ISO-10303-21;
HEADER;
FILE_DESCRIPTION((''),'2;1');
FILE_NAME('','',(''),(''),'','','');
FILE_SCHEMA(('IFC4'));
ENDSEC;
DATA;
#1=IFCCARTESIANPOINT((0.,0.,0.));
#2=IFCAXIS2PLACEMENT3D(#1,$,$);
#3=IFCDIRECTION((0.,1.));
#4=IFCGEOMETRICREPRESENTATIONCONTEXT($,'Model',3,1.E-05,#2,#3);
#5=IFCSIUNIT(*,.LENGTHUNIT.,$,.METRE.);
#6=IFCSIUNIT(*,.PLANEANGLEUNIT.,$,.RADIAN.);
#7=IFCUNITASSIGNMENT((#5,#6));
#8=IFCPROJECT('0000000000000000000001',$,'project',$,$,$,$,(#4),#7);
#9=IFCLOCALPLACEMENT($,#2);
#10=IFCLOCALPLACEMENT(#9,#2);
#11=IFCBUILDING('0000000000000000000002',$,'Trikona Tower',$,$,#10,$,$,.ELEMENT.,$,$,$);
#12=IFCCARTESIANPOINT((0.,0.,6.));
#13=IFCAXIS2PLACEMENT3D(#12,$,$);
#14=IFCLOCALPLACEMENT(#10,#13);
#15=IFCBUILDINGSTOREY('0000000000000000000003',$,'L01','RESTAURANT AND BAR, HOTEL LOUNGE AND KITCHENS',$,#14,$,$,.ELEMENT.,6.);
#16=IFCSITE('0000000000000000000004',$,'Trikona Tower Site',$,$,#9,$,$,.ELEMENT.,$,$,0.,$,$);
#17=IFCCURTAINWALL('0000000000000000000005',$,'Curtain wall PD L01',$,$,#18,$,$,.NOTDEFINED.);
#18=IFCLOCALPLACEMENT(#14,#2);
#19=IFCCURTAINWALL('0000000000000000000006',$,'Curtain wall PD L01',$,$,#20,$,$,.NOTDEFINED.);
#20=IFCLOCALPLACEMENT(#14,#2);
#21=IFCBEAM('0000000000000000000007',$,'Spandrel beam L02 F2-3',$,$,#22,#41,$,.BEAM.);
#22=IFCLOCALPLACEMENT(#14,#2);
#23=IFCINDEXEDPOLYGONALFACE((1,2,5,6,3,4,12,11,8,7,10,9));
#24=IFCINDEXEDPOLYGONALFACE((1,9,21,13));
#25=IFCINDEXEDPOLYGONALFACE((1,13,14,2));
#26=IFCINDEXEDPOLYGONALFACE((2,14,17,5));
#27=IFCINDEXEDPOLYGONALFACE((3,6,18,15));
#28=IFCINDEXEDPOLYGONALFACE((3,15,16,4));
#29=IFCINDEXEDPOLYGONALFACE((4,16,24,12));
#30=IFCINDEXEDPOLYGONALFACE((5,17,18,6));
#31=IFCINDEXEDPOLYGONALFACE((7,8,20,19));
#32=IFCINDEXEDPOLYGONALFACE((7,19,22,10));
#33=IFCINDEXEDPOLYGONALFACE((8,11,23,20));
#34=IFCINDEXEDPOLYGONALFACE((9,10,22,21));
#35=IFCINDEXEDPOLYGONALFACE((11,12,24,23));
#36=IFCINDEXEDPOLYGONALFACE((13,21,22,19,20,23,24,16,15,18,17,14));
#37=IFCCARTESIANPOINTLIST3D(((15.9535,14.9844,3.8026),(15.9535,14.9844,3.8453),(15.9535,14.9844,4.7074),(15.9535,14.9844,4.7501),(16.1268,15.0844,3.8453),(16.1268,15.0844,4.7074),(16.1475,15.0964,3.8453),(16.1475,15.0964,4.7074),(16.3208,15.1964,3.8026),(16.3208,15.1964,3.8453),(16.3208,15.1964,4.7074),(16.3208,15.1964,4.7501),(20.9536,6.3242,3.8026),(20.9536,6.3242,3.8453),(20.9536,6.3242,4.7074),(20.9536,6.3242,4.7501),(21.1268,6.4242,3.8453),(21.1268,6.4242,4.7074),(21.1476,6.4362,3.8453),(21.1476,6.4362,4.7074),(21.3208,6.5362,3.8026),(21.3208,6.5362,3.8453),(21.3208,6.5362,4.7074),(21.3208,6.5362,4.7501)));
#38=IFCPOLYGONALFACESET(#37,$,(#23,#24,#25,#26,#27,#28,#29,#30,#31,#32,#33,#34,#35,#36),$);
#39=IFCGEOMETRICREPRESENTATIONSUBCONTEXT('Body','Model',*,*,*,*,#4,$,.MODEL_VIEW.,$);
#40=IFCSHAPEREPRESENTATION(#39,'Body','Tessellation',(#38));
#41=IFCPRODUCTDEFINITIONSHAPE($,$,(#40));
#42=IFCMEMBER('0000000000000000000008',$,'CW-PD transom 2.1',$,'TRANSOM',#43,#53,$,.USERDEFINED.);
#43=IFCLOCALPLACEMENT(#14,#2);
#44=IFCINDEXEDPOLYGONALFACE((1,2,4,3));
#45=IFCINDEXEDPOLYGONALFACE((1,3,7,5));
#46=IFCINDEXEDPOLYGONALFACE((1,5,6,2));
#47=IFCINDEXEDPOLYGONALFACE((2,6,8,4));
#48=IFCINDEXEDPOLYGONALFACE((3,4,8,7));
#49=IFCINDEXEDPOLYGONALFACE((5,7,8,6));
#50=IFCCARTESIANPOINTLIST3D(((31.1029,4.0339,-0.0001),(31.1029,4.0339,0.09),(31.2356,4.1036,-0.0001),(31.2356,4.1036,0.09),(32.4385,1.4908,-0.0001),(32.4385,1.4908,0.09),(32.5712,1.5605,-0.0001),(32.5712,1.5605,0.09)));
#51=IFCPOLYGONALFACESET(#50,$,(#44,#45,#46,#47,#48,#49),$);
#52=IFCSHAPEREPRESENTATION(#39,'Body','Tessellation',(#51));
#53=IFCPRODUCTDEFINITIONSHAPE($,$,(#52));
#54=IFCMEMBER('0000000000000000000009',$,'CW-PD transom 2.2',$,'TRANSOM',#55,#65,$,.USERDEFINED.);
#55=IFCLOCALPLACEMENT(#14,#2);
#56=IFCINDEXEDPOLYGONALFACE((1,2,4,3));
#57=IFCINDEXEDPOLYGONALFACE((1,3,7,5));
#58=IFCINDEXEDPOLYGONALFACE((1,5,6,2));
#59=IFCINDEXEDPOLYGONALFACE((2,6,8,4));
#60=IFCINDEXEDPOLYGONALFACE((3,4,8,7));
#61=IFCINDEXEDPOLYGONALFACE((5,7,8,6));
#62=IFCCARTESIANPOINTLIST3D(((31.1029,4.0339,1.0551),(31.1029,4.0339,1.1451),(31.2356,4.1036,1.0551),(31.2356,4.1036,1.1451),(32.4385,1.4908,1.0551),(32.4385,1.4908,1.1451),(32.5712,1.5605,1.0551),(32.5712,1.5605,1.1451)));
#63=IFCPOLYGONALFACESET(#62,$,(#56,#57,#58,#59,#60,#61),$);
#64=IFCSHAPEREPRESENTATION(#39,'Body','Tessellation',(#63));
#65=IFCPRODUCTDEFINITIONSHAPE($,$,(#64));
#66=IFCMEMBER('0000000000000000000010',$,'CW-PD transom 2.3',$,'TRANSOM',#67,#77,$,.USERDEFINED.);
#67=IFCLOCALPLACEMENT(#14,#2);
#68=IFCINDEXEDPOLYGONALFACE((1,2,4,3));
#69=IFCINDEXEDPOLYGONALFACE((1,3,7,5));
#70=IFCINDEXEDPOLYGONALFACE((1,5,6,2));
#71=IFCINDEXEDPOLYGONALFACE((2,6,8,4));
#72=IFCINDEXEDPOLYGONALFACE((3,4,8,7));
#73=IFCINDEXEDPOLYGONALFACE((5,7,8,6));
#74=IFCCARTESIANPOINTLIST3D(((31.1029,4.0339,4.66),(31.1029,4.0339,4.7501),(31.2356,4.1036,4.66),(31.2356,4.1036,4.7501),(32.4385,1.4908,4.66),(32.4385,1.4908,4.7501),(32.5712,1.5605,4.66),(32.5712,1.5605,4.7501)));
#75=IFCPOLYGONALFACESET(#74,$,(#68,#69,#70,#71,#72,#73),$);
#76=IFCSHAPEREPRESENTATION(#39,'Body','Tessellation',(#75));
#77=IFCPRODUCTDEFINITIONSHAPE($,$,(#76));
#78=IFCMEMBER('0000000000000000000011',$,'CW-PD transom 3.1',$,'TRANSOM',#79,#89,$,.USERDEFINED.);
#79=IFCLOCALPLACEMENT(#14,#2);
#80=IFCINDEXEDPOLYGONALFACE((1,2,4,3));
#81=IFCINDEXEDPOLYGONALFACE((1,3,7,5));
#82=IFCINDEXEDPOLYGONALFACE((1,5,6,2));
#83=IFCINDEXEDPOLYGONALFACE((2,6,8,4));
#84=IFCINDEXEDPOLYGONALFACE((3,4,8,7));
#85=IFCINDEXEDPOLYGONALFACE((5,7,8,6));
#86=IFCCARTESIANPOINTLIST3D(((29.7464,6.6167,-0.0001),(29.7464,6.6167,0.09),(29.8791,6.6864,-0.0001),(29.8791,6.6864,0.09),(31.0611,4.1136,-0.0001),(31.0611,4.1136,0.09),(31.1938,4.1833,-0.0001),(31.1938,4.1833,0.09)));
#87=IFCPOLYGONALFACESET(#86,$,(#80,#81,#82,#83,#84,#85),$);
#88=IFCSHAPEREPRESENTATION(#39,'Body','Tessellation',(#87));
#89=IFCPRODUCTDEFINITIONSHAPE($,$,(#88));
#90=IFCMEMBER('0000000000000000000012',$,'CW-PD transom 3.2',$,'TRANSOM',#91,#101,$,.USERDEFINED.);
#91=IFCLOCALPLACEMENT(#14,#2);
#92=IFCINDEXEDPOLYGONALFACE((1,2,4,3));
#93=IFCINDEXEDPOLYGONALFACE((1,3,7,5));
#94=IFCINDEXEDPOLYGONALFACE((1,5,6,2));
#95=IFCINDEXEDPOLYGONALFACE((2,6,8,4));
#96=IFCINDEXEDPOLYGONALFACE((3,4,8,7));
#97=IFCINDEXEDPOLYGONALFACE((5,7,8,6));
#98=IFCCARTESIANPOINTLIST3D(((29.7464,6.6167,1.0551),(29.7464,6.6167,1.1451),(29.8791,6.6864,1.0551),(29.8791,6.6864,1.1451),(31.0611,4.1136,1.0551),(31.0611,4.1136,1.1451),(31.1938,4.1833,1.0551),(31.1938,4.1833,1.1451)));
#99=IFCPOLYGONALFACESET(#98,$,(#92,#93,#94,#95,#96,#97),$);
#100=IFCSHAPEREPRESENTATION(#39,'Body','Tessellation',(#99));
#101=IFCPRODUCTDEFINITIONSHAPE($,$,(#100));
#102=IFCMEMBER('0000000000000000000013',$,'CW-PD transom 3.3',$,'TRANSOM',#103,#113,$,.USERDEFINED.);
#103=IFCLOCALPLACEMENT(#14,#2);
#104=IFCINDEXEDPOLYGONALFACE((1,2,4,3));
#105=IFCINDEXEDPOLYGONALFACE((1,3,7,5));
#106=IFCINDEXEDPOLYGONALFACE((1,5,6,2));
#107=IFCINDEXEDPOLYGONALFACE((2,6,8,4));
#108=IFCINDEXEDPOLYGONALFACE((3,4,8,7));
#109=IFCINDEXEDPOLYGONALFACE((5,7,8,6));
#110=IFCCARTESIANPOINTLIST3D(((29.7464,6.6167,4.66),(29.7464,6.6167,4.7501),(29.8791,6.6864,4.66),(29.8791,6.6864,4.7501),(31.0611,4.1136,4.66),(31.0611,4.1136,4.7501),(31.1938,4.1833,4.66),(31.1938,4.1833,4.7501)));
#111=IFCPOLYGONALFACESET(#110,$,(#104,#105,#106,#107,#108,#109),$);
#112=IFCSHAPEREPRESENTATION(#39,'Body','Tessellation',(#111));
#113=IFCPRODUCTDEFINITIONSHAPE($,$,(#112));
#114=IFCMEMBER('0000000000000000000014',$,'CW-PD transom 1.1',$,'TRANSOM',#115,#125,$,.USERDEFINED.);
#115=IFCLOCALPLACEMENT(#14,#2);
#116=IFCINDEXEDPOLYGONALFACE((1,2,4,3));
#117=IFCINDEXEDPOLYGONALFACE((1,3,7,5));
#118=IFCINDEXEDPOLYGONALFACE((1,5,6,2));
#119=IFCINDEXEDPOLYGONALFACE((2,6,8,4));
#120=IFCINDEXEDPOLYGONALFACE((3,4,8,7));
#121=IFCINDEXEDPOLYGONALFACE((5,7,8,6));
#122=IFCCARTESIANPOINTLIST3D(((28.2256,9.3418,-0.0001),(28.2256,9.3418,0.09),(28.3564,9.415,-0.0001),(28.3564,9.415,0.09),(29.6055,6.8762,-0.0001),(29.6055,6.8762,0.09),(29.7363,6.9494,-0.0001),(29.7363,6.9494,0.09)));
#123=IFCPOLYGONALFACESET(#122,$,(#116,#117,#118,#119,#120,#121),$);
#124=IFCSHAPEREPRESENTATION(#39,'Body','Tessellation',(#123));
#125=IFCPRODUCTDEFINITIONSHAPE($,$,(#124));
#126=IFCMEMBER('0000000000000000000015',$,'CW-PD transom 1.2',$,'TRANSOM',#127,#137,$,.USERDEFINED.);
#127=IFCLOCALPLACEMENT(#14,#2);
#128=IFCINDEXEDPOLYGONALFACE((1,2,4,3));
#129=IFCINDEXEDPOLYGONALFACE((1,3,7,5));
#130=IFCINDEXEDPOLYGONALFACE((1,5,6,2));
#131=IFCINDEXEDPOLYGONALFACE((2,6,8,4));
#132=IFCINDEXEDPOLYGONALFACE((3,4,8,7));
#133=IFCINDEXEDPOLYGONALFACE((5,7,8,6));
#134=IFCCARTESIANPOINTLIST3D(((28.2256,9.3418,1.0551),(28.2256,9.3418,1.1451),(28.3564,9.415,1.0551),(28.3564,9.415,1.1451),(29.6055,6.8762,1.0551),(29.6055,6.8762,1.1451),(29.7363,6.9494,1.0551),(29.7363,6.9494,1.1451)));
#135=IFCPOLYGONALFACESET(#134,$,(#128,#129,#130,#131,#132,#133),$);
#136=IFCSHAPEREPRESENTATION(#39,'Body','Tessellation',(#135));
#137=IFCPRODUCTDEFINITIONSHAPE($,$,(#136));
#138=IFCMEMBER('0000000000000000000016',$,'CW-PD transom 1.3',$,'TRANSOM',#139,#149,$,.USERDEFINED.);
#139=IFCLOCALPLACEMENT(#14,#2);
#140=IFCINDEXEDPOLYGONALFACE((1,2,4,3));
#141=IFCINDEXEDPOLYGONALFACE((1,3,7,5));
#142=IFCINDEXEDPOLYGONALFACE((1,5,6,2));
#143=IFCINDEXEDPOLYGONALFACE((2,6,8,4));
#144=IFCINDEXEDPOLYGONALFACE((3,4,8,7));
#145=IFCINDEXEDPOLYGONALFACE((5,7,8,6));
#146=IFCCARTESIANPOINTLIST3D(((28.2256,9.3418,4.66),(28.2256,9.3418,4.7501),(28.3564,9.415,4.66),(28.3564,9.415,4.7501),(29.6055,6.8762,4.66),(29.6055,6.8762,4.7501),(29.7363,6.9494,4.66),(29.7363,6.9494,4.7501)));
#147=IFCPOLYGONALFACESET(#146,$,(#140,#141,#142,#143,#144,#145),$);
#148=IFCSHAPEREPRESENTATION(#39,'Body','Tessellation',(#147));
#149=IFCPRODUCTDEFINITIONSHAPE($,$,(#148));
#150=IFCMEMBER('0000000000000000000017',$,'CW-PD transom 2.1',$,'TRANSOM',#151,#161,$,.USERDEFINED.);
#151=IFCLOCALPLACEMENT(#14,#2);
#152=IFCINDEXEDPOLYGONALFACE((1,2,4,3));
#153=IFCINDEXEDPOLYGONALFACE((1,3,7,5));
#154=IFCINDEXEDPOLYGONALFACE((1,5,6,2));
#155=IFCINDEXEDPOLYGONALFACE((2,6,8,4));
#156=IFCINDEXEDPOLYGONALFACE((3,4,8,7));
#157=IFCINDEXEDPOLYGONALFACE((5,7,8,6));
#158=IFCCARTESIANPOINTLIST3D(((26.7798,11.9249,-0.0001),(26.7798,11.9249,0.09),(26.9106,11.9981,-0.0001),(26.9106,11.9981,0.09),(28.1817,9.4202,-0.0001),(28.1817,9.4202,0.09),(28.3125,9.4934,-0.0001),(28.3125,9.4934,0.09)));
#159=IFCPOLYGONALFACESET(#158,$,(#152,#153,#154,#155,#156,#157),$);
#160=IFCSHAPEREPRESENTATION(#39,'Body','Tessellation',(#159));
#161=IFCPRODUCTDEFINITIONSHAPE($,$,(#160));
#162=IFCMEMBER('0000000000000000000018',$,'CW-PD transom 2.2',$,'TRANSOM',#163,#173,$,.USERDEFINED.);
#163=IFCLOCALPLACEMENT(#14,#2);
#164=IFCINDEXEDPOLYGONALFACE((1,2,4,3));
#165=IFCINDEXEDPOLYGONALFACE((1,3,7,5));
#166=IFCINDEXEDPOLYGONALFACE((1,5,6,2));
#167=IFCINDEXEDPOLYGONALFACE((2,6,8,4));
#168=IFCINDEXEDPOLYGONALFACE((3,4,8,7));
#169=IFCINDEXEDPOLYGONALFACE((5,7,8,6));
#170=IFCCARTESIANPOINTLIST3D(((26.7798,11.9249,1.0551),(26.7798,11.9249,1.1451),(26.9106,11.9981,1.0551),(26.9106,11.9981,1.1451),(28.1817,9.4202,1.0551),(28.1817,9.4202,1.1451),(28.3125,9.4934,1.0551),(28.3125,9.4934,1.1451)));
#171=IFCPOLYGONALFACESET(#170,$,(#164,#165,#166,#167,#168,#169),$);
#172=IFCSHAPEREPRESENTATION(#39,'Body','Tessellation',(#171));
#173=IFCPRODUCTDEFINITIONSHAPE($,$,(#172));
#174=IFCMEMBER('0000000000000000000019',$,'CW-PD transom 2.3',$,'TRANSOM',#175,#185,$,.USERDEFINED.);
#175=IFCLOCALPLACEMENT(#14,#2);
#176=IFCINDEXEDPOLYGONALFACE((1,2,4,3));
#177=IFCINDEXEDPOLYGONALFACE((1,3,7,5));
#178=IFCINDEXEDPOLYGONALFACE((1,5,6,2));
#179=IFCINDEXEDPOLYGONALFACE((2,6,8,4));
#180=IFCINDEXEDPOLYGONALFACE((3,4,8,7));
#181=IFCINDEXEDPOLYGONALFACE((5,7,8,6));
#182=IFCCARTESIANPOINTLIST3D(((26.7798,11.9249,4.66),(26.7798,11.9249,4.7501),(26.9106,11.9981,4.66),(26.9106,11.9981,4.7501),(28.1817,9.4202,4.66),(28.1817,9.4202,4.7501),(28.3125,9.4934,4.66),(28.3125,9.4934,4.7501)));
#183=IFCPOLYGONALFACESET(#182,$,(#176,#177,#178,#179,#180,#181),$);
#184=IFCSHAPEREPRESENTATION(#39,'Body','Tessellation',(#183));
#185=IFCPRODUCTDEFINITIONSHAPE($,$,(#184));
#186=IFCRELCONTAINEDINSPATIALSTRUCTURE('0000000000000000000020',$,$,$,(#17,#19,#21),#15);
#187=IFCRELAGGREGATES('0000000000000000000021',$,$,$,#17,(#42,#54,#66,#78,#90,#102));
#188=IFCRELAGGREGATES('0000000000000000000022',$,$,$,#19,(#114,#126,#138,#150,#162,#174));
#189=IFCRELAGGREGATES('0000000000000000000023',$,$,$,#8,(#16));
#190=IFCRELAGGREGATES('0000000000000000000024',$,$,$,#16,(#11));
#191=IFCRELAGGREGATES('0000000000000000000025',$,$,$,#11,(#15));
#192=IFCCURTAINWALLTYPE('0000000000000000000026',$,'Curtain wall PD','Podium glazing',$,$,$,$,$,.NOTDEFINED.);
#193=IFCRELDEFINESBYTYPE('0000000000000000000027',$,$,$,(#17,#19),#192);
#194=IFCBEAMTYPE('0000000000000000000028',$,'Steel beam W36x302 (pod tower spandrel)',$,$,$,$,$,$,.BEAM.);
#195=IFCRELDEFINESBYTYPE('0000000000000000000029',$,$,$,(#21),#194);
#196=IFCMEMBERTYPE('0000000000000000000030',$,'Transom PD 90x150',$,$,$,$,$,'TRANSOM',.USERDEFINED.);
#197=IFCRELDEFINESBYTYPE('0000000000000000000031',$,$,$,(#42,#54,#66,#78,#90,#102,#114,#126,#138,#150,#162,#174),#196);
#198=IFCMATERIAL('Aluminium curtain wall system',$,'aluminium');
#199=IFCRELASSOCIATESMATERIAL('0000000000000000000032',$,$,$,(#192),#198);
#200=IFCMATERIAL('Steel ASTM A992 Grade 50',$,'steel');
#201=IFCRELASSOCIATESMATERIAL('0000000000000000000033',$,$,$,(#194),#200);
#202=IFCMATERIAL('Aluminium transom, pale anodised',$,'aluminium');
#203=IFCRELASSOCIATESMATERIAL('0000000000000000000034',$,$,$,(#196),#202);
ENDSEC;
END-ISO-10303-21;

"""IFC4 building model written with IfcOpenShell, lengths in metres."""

from ifc_helpers import new_model, si_unit, direction, frame, origin, origin_2d, place, context, subcontext, project, spatial, rectangle, i_section, extrude, material, material_profile, profile_set, type_object, element, aggregate, save


model = new_model("IFC4")

# Units and contexts
model_context = context("Model", 3, precision=1e-05, world=origin(), true_north=direction((0.0, 1.0)))
body_context = subcontext(model_context, "Body", "Model", "MODEL_VIEW")
ifc_project = project(units=[si_unit("LENGTHUNIT", "METRE"), si_unit("PLANEANGLEUNIT", "RADIAN")], contexts=[model_context])

# Site, building, storey
site_placement = place(None, origin())
site = spatial("IfcSite", under=ifc_project, at=site_placement, Name="Trikona Tower Site", CompositionType="ELEMENT", RefElevation=0.0)
building_placement = place(site_placement, origin())
building = spatial("IfcBuilding", under=site, at=building_placement, Name="Trikona Tower", CompositionType="ELEMENT")
storey_placement = place(building_placement, frame((0.0, 0.0, 6.0)))
storey = spatial("IfcBuildingStorey", under=building, at=storey_placement, Name="L01", Description="RESTAURANT AND BAR, HOTEL LOUNGE AND KITCHENS", CompositionType="ELEMENT", Elevation=6.0)

# Curtain walls
ifc_material_1 = material(Name="Aluminium curtain wall system", Category="aluminium")
curtain_wall_type = type_object("IfcCurtainWallType", Name="Curtain wall PD", Description="Podium glazing", PredefinedType="NOTDEFINED", material=ifc_material_1)
curtain_wall_1_placement = place(storey_placement, origin())
curtain_wall_1 = element("IfcCurtainWall", 1, at=curtain_wall_1_placement, inside=storey, type_object=curtain_wall_type, Name="Curtain wall PD L01", PredefinedType="NOTDEFINED")
curtain_wall_2_placement = place(storey_placement, origin())
curtain_wall_2 = element("IfcCurtainWall", 2, at=curtain_wall_2_placement, inside=storey, type_object=curtain_wall_type, Name="Curtain wall PD L01", PredefinedType="NOTDEFINED")

# Beam
ifc_material_2 = material(Name="Steel ASTM A992 Grade 50", Category="steel")
ifc_material_profile_1 = material_profile(ifc_material_2, i_section(OverallWidth=0.4241, OverallDepth=0.9475, WebThickness=0.0239, FlangeThickness=0.0427, at=origin_2d()), Name="W36X302")
ifc_profile_set_1 = profile_set([ifc_material_profile_1], Name="Steel ASTM A992 Grade 50")
beam_type_1 = type_object("IfcBeamType", Name="Steel beam W36x302 (pod tower spandrel)", PredefinedType="BEAM", material=ifc_profile_set_1)
beam_placement = place(storey_placement, frame((21.1372, 6.4302, 4.2764), z_axis=(-0.500004, 0.866023, 0.0), x_axis=(-0.866023, -0.500004, 0.0)))
element("IfcBeam", 3, at=beam_placement, inside=storey, type_object=beam_type_1, Name="Spandrel beam L02 F2-3", PredefinedType="BEAM", context=body_context, shape_type="SweptSolid", body=[
    extrude(i_section(OverallWidth=0.4241, OverallDepth=0.9475, WebThickness=0.0239, FlangeThickness=0.0427, at=origin_2d()), origin(), (0.0, 0.0, 1.0), 10.0),
])

# Members
ifc_material_3 = material(Name="Aluminium transom, pale anodised", Category="aluminium")
ifc_material_profile_2 = material_profile(ifc_material_3, rectangle(XDim=0.1499, YDim=0.0901, at=origin_2d()), Name="TRN-PD")
ifc_profile_set_2 = profile_set([ifc_material_profile_2], Name="Aluminium transom, pale anodised")
member_type_1 = type_object("IfcMemberType", Name="Transom PD 90x150", ElementType="TRANSOM", PredefinedType="USERDEFINED", material=ifc_profile_set_2)
member_1_placement = place(storey_placement, frame((32.5049, 1.5256, 0.0449), z_axis=(-0.464972, 0.885325, 0.0), x_axis=(-0.885325, -0.464972, 0.0)))
member_1 = element("IfcMember", 4, at=member_1_placement, type_object=member_type_1, Name="CW-PD transom 2.1", ObjectType="TRANSOM", PredefinedType="USERDEFINED", context=body_context, shape_type="SweptSolid", body=[
    extrude(rectangle(XDim=0.1499, YDim=0.0901, at=origin_2d()), origin(), (0.0, 0.0, 1.0), 2.8726),
])
member_2_placement = place(storey_placement, frame((32.5049, 1.5256, 1.1001), z_axis=(-0.464972, 0.885325, 0.0), x_axis=(-0.885325, -0.464972, 0.0)))
member_2 = element("IfcMember", 5, at=member_2_placement, type_object=member_type_1, Name="CW-PD transom 2.2", ObjectType="TRANSOM", PredefinedType="USERDEFINED", context=body_context, shape_type="SweptSolid", body=[
    extrude(rectangle(XDim=0.1499, YDim=0.0901, at=origin_2d()), origin(), (0.0, 0.0, 1.0), 2.8726),
])
member_3_placement = place(storey_placement, frame((32.5049, 1.5256, 4.7051), z_axis=(-0.464972, 0.885325, 0.0), x_axis=(-0.885325, -0.464972, 0.0)))
member_3 = element("IfcMember", 6, at=member_3_placement, type_object=member_type_1, Name="CW-PD transom 2.3", ObjectType="TRANSOM", PredefinedType="USERDEFINED", context=body_context, shape_type="SweptSolid", body=[
    extrude(rectangle(XDim=0.1499, YDim=0.0901, at=origin_2d()), origin(), (0.0, 0.0, 1.0), 2.8726),
])
member_4_placement = place(storey_placement, frame((31.1274, 4.1484, 0.0449), z_axis=(-0.464981, 0.885321, 0.0), x_axis=(-0.885321, -0.464981, 0.0)))
member_4 = element("IfcMember", 7, at=member_4_placement, type_object=member_type_1, Name="CW-PD transom 3.1", ObjectType="TRANSOM", PredefinedType="USERDEFINED", context=body_context, shape_type="SweptSolid", body=[
    extrude(rectangle(XDim=0.1499, YDim=0.0901, at=origin_2d()), origin(), (0.0, 0.0, 1.0), 2.8274),
])
member_5_placement = place(storey_placement, frame((31.1274, 4.1484, 1.1001), z_axis=(-0.464981, 0.885321, 0.0), x_axis=(-0.885321, -0.464981, 0.0)))
member_5 = element("IfcMember", 8, at=member_5_placement, type_object=member_type_1, Name="CW-PD transom 3.2", ObjectType="TRANSOM", PredefinedType="USERDEFINED", context=body_context, shape_type="SweptSolid", body=[
    extrude(rectangle(XDim=0.1499, YDim=0.0901, at=origin_2d()), origin(), (0.0, 0.0, 1.0), 2.8274),
])
member_6_placement = place(storey_placement, frame((31.1274, 4.1484, 4.7051), z_axis=(-0.464981, 0.885321, 0.0), x_axis=(-0.885321, -0.464981, 0.0)))
member_6 = element("IfcMember", 9, at=member_6_placement, type_object=member_type_1, Name="CW-PD transom 3.3", ObjectType="TRANSOM", PredefinedType="USERDEFINED", context=body_context, shape_type="SweptSolid", body=[
    extrude(rectangle(XDim=0.1499, YDim=0.0901, at=origin_2d()), origin(), (0.0, 0.0, 1.0), 2.8274),
])
member_7_placement = place(storey_placement, frame((29.6709, 6.9128, 0.0449), z_axis=(-0.488377, 0.872633, 0.0), x_axis=(-0.872633, -0.488377, 0.0)))
member_7 = element("IfcMember", 10, at=member_7_placement, type_object=member_type_1, Name="CW-PD transom 1.1", ObjectType="TRANSOM", PredefinedType="USERDEFINED", context=body_context, shape_type="SweptSolid", body=[
    extrude(rectangle(XDim=0.1499, YDim=0.0901, at=origin_2d()), origin(), (0.0, 0.0, 1.0), 2.8254),
])
member_8_placement = place(storey_placement, frame((29.6709, 6.9128, 1.1001), z_axis=(-0.488377, 0.872633, 0.0), x_axis=(-0.872633, -0.488377, 0.0)))
member_8 = element("IfcMember", 11, at=member_8_placement, type_object=member_type_1, Name="CW-PD transom 1.2", ObjectType="TRANSOM", PredefinedType="USERDEFINED", context=body_context, shape_type="SweptSolid", body=[
    extrude(rectangle(XDim=0.1499, YDim=0.0901, at=origin_2d()), origin(), (0.0, 0.0, 1.0), 2.8254),
])
member_9_placement = place(storey_placement, frame((29.6709, 6.9128, 4.7051), z_axis=(-0.488377, 0.872633, 0.0), x_axis=(-0.872633, -0.488377, 0.0)))
member_9 = element("IfcMember", 12, at=member_9_placement, type_object=member_type_1, Name="CW-PD transom 1.3", ObjectType="TRANSOM", PredefinedType="USERDEFINED", context=body_context, shape_type="SweptSolid", body=[
    extrude(rectangle(XDim=0.1499, YDim=0.0901, at=origin_2d()), origin(), (0.0, 0.0, 1.0), 2.8254),
])
member_10_placement = place(storey_placement, frame((28.2471, 9.4568, 0.0449), z_axis=(-0.488407, 0.872616, 0.0), x_axis=(-0.872616, -0.488407, 0.0)))
member_10 = element("IfcMember", 13, at=member_10_placement, type_object=member_type_1, Name="CW-PD transom 2.1", ObjectType="TRANSOM", PredefinedType="USERDEFINED", context=body_context, shape_type="SweptSolid", body=[
    extrude(rectangle(XDim=0.1499, YDim=0.0901, at=origin_2d()), origin(), (0.0, 0.0, 1.0), 2.8704),
])
member_11_placement = place(storey_placement, frame((28.2471, 9.4568, 1.1001), z_axis=(-0.488407, 0.872616, 0.0), x_axis=(-0.872616, -0.488407, 0.0)))
member_11 = element("IfcMember", 14, at=member_11_placement, type_object=member_type_1, Name="CW-PD transom 2.2", ObjectType="TRANSOM", PredefinedType="USERDEFINED", context=body_context, shape_type="SweptSolid", body=[
    extrude(rectangle(XDim=0.1499, YDim=0.0901, at=origin_2d()), origin(), (0.0, 0.0, 1.0), 2.8704),
])
member_12_placement = place(storey_placement, frame((28.2471, 9.4568, 4.7051), z_axis=(-0.488407, 0.872616, 0.0), x_axis=(-0.872616, -0.488407, 0.0)))
member_12 = element("IfcMember", 15, at=member_12_placement, type_object=member_type_1, Name="CW-PD transom 2.3", ObjectType="TRANSOM", PredefinedType="USERDEFINED", context=body_context, shape_type="SweptSolid", body=[
    extrude(rectangle(XDim=0.1499, YDim=0.0901, at=origin_2d()), origin(), (0.0, 0.0, 1.0), 2.8704),
])

aggregate(curtain_wall_1, [member_1, member_2, member_3, member_4, member_5, member_6])
aggregate(curtain_wall_2, [member_7, member_8, member_9, member_10, member_11, member_12])

save(model, "model.ifc")
